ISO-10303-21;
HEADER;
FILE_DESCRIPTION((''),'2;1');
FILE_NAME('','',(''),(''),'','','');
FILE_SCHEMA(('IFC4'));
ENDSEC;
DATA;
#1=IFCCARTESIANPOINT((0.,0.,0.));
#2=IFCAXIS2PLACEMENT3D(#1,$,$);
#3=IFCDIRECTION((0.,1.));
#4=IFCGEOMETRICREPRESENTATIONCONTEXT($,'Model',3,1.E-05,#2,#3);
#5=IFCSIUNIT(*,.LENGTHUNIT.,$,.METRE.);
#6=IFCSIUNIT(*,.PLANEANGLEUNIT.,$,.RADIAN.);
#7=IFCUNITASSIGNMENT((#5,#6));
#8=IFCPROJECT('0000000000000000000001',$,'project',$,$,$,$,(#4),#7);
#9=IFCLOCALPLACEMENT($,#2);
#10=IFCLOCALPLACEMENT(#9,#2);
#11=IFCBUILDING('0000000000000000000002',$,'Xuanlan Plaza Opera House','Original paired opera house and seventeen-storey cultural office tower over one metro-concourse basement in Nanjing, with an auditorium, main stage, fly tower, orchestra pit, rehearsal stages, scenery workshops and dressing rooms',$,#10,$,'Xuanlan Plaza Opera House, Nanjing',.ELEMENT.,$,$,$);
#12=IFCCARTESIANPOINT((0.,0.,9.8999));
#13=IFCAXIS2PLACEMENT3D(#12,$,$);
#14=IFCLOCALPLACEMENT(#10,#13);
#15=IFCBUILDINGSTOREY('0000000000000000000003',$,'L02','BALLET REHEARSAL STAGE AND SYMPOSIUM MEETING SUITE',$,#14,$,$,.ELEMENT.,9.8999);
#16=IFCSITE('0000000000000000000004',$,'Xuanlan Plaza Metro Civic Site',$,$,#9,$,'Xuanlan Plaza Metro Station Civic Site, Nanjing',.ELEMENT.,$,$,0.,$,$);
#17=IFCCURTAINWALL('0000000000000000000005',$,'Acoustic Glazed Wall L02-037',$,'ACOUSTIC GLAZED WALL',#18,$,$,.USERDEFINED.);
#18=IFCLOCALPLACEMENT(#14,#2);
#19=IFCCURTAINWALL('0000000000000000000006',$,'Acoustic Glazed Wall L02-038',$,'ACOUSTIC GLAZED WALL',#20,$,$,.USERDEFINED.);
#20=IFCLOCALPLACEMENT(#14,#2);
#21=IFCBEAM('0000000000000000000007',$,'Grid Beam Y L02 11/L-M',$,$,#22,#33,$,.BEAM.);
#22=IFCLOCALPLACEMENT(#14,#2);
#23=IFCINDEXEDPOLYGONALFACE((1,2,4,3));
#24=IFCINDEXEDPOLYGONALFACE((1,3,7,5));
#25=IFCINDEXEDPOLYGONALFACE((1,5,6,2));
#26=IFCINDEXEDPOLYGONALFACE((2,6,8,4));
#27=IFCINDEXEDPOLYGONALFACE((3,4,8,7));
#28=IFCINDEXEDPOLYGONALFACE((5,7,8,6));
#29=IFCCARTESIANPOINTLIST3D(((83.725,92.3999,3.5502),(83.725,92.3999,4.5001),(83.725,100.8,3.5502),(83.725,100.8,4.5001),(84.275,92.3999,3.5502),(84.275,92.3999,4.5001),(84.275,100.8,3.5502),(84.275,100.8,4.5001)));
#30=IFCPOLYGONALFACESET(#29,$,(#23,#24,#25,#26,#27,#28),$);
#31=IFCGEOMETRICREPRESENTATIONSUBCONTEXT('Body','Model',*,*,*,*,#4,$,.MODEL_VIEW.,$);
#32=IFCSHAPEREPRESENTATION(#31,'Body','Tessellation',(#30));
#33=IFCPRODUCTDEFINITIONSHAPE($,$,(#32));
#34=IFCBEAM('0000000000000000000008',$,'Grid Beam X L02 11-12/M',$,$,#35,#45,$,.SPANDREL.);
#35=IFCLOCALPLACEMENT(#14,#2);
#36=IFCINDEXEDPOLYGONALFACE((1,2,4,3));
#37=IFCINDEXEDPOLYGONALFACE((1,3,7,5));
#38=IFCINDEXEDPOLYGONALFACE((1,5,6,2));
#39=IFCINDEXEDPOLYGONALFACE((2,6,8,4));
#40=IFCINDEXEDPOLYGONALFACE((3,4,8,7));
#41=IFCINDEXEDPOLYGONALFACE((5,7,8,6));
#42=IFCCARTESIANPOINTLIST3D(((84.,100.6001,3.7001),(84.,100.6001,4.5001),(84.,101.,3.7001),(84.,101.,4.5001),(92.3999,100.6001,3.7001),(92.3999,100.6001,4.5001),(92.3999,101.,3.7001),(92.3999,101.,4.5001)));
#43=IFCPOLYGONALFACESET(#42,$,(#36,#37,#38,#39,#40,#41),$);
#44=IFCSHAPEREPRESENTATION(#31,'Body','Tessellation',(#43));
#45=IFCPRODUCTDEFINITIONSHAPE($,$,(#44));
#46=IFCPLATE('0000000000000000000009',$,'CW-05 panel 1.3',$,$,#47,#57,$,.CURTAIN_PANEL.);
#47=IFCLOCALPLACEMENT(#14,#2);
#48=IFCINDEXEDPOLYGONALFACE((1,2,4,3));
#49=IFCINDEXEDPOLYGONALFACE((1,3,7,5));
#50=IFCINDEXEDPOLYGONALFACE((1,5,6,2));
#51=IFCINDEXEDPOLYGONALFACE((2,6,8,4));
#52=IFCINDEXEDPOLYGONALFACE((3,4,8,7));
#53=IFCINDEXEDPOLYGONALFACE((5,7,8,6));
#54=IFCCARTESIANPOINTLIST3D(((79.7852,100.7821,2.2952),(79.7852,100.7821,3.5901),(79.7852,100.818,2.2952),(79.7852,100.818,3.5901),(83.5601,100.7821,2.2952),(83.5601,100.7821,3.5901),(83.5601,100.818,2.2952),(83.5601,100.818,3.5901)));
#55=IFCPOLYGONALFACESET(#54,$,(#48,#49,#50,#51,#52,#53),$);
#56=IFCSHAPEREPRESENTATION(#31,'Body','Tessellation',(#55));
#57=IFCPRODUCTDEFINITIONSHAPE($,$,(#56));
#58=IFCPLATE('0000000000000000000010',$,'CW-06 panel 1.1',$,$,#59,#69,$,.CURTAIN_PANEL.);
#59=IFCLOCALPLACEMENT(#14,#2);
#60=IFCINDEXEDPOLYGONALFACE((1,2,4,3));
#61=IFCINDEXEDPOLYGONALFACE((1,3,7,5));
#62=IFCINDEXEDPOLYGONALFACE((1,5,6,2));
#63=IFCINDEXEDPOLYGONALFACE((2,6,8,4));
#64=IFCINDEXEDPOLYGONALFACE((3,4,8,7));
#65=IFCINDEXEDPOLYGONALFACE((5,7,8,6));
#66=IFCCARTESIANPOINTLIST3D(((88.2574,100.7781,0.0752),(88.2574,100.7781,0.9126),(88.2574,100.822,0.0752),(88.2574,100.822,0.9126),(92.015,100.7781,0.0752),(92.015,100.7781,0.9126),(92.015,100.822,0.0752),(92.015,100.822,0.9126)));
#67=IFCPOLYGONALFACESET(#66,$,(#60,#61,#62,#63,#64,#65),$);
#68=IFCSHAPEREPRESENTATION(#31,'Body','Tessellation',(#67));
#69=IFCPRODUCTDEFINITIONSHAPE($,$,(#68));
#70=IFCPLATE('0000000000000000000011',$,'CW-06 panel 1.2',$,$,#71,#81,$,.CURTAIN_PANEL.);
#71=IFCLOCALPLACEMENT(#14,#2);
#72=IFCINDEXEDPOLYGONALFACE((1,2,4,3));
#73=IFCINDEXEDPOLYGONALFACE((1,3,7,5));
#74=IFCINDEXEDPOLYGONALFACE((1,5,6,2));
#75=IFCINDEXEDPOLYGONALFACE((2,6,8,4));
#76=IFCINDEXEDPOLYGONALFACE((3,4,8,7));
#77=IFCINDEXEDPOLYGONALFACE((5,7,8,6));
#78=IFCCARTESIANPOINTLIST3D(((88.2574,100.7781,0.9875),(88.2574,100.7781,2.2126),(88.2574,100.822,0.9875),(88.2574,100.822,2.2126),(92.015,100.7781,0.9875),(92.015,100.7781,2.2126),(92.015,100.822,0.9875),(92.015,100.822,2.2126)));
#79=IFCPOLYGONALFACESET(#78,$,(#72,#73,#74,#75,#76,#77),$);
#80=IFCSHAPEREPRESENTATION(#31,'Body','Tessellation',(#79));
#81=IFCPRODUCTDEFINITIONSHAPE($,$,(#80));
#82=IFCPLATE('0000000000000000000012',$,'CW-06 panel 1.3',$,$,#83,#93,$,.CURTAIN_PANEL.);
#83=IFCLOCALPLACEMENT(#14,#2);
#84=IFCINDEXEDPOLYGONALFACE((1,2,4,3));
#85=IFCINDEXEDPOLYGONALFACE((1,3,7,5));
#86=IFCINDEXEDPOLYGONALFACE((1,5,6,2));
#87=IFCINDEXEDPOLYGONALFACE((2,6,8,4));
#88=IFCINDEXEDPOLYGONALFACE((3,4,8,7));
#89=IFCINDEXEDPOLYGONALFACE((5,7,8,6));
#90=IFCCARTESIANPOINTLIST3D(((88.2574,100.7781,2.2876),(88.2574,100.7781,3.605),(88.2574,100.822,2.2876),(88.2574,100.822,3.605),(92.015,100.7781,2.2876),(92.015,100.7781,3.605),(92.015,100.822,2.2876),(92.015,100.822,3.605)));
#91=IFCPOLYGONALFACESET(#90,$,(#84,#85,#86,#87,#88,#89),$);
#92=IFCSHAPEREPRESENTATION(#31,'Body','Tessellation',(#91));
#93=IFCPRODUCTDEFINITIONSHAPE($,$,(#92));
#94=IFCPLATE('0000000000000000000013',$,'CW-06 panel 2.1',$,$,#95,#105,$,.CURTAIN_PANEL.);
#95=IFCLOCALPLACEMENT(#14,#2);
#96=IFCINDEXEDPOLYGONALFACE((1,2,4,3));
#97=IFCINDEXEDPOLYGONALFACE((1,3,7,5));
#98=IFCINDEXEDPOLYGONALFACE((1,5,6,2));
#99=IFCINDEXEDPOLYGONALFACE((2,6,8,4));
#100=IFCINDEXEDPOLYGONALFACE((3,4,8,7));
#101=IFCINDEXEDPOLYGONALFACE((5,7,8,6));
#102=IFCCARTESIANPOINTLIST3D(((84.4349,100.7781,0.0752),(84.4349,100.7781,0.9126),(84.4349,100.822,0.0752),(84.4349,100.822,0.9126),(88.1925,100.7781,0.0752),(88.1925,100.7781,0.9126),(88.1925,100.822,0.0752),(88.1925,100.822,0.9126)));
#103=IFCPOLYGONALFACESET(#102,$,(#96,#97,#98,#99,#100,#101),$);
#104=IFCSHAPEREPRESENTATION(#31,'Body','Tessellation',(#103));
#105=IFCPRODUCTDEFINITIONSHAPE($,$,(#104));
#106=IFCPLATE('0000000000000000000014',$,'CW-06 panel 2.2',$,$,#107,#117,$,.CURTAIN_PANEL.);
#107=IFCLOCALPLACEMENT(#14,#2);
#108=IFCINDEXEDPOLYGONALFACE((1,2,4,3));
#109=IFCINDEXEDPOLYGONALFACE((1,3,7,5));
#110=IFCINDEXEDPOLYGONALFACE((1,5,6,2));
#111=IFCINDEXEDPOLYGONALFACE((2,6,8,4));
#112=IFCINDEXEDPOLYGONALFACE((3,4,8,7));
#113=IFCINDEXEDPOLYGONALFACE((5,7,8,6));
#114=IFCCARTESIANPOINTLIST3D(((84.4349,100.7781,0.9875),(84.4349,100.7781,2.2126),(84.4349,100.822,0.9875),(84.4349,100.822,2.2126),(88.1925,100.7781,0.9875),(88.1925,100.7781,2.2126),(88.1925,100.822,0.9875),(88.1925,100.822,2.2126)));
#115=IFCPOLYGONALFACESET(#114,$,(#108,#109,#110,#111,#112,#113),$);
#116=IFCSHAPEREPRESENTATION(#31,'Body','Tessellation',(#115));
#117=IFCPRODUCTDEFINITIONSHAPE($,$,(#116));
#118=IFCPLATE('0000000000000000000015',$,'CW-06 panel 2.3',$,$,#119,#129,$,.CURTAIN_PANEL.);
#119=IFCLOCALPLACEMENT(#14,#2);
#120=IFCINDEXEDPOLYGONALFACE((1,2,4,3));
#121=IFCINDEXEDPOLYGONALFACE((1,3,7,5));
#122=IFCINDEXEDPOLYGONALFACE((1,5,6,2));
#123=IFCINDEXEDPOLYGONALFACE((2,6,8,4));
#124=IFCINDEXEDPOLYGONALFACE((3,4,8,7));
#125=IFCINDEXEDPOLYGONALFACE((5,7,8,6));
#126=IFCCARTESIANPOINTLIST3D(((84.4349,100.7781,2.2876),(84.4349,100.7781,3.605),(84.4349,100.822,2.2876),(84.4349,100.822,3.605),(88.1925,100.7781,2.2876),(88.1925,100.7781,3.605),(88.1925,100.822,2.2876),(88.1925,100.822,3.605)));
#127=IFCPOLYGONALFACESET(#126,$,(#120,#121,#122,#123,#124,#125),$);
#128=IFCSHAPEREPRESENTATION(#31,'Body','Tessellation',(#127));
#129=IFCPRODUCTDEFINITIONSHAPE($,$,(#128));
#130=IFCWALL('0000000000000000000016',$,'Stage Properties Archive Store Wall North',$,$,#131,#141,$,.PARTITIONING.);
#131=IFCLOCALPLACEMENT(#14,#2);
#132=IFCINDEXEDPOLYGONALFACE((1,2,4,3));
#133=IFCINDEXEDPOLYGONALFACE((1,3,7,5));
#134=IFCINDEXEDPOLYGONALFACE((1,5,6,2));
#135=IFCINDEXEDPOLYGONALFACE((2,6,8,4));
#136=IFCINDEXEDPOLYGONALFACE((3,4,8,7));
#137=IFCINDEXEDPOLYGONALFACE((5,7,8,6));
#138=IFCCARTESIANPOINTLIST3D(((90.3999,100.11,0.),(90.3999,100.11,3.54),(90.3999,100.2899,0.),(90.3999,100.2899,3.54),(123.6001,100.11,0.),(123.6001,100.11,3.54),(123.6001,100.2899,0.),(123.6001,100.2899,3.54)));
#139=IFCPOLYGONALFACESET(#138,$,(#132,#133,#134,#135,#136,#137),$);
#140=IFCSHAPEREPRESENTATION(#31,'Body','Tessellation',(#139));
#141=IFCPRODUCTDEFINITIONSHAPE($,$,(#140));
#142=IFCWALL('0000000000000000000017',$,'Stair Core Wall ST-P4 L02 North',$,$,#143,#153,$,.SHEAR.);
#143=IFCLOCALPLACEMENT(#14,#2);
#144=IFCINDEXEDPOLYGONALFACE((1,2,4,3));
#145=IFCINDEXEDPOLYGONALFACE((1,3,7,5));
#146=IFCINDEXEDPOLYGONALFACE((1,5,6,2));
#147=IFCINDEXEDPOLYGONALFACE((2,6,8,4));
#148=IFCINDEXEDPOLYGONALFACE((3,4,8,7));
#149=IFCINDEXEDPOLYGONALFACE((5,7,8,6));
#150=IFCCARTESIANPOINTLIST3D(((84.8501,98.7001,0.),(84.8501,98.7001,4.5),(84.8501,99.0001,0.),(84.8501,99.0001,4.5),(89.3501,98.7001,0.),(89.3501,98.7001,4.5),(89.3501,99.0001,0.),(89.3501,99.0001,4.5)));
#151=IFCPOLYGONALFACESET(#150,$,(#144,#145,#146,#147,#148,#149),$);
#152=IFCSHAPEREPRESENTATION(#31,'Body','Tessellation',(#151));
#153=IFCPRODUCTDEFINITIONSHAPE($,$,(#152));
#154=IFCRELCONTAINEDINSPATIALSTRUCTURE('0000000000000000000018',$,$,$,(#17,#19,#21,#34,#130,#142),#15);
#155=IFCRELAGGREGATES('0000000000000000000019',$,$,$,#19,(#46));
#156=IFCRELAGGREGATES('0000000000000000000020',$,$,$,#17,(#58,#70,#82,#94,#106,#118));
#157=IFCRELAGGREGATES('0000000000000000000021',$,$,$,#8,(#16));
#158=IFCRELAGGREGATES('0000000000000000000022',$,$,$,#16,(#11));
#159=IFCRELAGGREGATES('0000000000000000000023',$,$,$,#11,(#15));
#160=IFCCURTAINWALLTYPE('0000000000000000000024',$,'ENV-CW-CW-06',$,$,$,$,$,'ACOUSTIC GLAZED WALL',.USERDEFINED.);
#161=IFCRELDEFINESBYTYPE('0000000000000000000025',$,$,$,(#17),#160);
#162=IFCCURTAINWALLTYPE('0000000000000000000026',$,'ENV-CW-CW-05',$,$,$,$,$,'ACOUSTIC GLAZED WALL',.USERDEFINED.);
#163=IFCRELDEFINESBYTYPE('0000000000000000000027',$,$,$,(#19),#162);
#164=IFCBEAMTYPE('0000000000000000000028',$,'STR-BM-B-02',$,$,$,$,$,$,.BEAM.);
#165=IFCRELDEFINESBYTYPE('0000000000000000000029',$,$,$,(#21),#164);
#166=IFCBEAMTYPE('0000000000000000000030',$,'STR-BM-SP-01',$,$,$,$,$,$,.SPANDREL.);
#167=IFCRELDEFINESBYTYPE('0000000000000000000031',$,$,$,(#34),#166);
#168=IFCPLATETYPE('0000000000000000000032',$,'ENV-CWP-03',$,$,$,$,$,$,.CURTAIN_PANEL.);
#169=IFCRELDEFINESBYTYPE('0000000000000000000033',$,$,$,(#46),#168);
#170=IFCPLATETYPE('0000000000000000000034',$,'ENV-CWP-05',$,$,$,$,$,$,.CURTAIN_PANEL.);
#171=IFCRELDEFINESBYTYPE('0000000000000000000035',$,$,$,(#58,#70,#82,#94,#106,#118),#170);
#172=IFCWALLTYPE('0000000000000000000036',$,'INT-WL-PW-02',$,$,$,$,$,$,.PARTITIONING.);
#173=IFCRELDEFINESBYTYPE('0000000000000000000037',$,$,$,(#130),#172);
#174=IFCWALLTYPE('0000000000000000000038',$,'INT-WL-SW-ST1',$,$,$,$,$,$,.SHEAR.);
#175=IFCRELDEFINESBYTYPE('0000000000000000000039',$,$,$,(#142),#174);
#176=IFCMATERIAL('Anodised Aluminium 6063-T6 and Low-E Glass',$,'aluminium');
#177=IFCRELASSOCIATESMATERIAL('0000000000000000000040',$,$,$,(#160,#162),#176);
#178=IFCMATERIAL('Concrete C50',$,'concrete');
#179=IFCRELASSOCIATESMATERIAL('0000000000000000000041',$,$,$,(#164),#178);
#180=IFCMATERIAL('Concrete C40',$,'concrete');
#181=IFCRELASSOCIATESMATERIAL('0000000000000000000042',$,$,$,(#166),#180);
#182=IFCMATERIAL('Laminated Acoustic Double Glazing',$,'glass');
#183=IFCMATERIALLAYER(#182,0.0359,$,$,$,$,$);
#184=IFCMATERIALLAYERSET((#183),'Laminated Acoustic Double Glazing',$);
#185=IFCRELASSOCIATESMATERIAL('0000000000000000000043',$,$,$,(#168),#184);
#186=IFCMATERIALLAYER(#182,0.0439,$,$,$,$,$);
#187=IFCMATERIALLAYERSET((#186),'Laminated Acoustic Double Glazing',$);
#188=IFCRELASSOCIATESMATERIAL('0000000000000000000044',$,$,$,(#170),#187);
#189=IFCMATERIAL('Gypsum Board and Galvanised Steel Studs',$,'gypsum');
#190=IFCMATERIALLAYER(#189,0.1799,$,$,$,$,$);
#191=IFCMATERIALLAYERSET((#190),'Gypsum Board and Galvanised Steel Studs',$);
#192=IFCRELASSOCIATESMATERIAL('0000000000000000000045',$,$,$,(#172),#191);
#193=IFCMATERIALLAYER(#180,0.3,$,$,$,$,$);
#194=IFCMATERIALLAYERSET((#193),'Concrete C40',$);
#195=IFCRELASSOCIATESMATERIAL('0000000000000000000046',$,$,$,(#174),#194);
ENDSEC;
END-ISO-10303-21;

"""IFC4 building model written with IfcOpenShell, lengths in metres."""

from ifc_helpers import new_model, si_unit, direction, frame, frame_2d, origin, origin_2d, place, context, subcontext, project, spatial, rectangle, extrude, material, layer, layer_set, material_profile, profile_set, type_object, element, aggregate, save


model = new_model("IFC4")

# Units and contexts
model_context = context("Model", 3, precision=1e-05, world=origin(), true_north=direction((0.0, 1.0)))
body_context = subcontext(model_context, "Body", "Model", "MODEL_VIEW")
ifc_project = project(units=[si_unit("LENGTHUNIT", "METRE"), si_unit("PLANEANGLEUNIT", "RADIAN")], contexts=[model_context])

# Site, building, storey
site_placement = place(None, origin())
site = spatial("IfcSite", under=ifc_project, at=site_placement, Name="Xuanlan Plaza Metro Civic Site", LongName="Xuanlan Plaza Metro Station Civic Site, Nanjing", CompositionType="ELEMENT", RefElevation=0.0)
building_placement = place(site_placement, origin())
building = spatial("IfcBuilding", under=site, at=building_placement, Name="Xuanlan Plaza Opera House", Description="Original paired opera house and seventeen-storey cultural office tower over one metro-concourse basement in Nanjing, with an auditorium, main stage, fly tower, orchestra pit, rehearsal stages, scenery workshops and dressing rooms", LongName="Xuanlan Plaza Opera House, Nanjing", CompositionType="ELEMENT")
storey_placement = place(building_placement, frame((0.0, 0.0, 9.8999)))
storey = spatial("IfcBuildingStorey", under=building, at=storey_placement, Name="L02", Description="BALLET REHEARSAL STAGE AND SYMPOSIUM MEETING SUITE", CompositionType="ELEMENT", Elevation=9.8999)

# Shared definitions
ifc_material_1 = material(Name="Concrete C40", Category="concrete")

# Curtain wall
ifc_material_2 = material(Name="Anodised Aluminium 6063-T6 and Low-E Glass", Category="aluminium")
curtain_wall_type_1 = type_object("IfcCurtainWallType", Name="ENV-CW-CW-06", ElementType="ACOUSTIC GLAZED WALL", PredefinedType="USERDEFINED", material=ifc_material_2)
curtain_wall_1_placement = place(storey_placement, origin())
curtain_wall_1 = element("IfcCurtainWall", 1, at=curtain_wall_1_placement, inside=storey, type_object=curtain_wall_type_1, Name="Acoustic Glazed Wall L02-037", ObjectType="ACOUSTIC GLAZED WALL", PredefinedType="USERDEFINED")

# Curtain wall
curtain_wall_type_2 = type_object("IfcCurtainWallType", Name="ENV-CW-CW-05", ElementType="ACOUSTIC GLAZED WALL", PredefinedType="USERDEFINED", material=ifc_material_2)
curtain_wall_2_placement = place(storey_placement, origin())
curtain_wall_2 = element("IfcCurtainWall", 2, at=curtain_wall_2_placement, inside=storey, type_object=curtain_wall_type_2, Name="Acoustic Glazed Wall L02-038", ObjectType="ACOUSTIC GLAZED WALL", PredefinedType="USERDEFINED")

# Beams
ifc_material_3 = material(Name="Concrete C50", Category="concrete")
ifc_material_profile_1 = material_profile(ifc_material_3, rectangle(XDim=0.55, YDim=0.95, at=origin_2d()), Name="RC-BM 550x950")
ifc_profile_set_1 = profile_set([ifc_material_profile_1], Name="Concrete C50")
beam_type_1 = type_object("IfcBeamType", Name="STR-BM-B-02", PredefinedType="BEAM", material=ifc_profile_set_1)
beam_1_placement = place(storey_placement, frame((84.0, 92.3999, 4.0251), z_axis=(0.0, 1.0, 0.0), x_axis=(-1.0, 0.0, 0.0)))
element("IfcBeam", 3, at=beam_1_placement, inside=storey, type_object=beam_type_1, Name="Grid Beam Y L02 11/L-M", PredefinedType="BEAM", context=body_context, shape_type="SweptSolid", body=[
    extrude(rectangle(XDim=0.55, YDim=0.95, at=origin_2d()), origin(), (0.0, 0.0, 1.0), 8.4001),
])
ifc_material_profile_2 = material_profile(ifc_material_1, rectangle(XDim=0.3999, YDim=0.8, at=origin_2d()), Name="RC-SPD 400x800")
ifc_profile_set_2 = profile_set([ifc_material_profile_2], Name="Concrete C40")
beam_type_2 = type_object("IfcBeamType", Name="STR-BM-SP-01", PredefinedType="SPANDREL", material=ifc_profile_set_2)
beam_2_placement = place(storey_placement, frame((84.0, 100.8, 4.1001), z_axis=(1.0, 0.0, 0.0), x_axis=(0.0, 1.0, 0.0)))
element("IfcBeam", 4, at=beam_2_placement, inside=storey, type_object=beam_type_2, Name="Grid Beam X L02 11-12/M", PredefinedType="SPANDREL", context=body_context, shape_type="SweptSolid", body=[
    extrude(rectangle(XDim=0.3999, YDim=0.8, at=origin_2d()), origin(), (0.0, 0.0, 1.0), 8.3999),
])

# Plates
ifc_material_4 = material(Name="Laminated Acoustic Double Glazing", Category="glass")
ifc_layer_1 = layer(ifc_material_4, 0.0359)
ifc_layer_set_1 = layer_set([ifc_layer_1], Name="Laminated Acoustic Double Glazing")
plate_type_1 = type_object("IfcPlateType", Name="ENV-CWP-03", PredefinedType="CURTAIN_PANEL", material=ifc_layer_set_1)
plate_1_placement = place(storey_placement, frame((81.6726, 100.8, 2.2952), z_axis=(0.0, 0.0, 1.0), x_axis=(-1.0, 0.0, 0.0)))
plate_1 = element("IfcPlate", 5, at=plate_1_placement, type_object=plate_type_1, Name="CW-05 panel 1.3", PredefinedType="CURTAIN_PANEL", context=body_context, shape_type="SweptSolid", body=[
    extrude(rectangle(XDim=3.7749, YDim=0.0359, at=origin_2d()), origin(), (0.0, 0.0, 1.0), 1.2949),
])
aggregate(curtain_wall_2, [plate_1])
ifc_layer_2 = layer(ifc_material_4, 0.0439)
ifc_layer_set_2 = layer_set([ifc_layer_2], Name="Laminated Acoustic Double Glazing")
plate_type_2 = type_object("IfcPlateType", Name="ENV-CWP-05", PredefinedType="CURTAIN_PANEL", material=ifc_layer_set_2)
plate_2_placement = place(storey_placement, frame((90.1362, 100.8, 0.0752), z_axis=(0.0, 0.0, 1.0), x_axis=(-1.0, 0.0, 0.0)))
plate_2 = element("IfcPlate", 6, at=plate_2_placement, type_object=plate_type_2, Name="CW-06 panel 1.1", PredefinedType="CURTAIN_PANEL", context=body_context, shape_type="SweptSolid", body=[
    extrude(rectangle(XDim=3.7576, YDim=0.0439, at=origin_2d()), origin(), (0.0, 0.0, 1.0), 0.8374),
])
plate_3_placement = place(storey_placement, frame((90.1362, 100.8, 0.9875), z_axis=(0.0, 0.0, 1.0), x_axis=(-1.0, 0.0, 0.0)))
plate_3 = element("IfcPlate", 7, at=plate_3_placement, type_object=plate_type_2, Name="CW-06 panel 1.2", PredefinedType="CURTAIN_PANEL", context=body_context, shape_type="SweptSolid", body=[
    extrude(rectangle(XDim=3.7576, YDim=0.0439, at=origin_2d()), origin(), (0.0, 0.0, 1.0), 1.2251),
])
plate_4_placement = place(storey_placement, frame((90.1362, 100.8, 2.2876), z_axis=(0.0, 0.0, 1.0), x_axis=(-1.0, 0.0, 0.0)))
plate_4 = element("IfcPlate", 8, at=plate_4_placement, type_object=plate_type_2, Name="CW-06 panel 1.3", PredefinedType="CURTAIN_PANEL", context=body_context, shape_type="SweptSolid", body=[
    extrude(rectangle(XDim=3.7576, YDim=0.0439, at=origin_2d()), origin(), (0.0, 0.0, 1.0), 1.3174),
])
plate_5_placement = place(storey_placement, frame((86.3137, 100.8, 0.0752), z_axis=(0.0, 0.0, 1.0), x_axis=(-1.0, 0.0, 0.0)))
plate_5 = element("IfcPlate", 9, at=plate_5_placement, type_object=plate_type_2, Name="CW-06 panel 2.1", PredefinedType="CURTAIN_PANEL", context=body_context, shape_type="SweptSolid", body=[
    extrude(rectangle(XDim=3.7576, YDim=0.0439, at=origin_2d()), origin(), (0.0, 0.0, 1.0), 0.8374),
])
plate_6_placement = place(storey_placement, frame((86.3137, 100.8, 0.9875), z_axis=(0.0, 0.0, 1.0), x_axis=(-1.0, 0.0, 0.0)))
plate_6 = element("IfcPlate", 10, at=plate_6_placement, type_object=plate_type_2, Name="CW-06 panel 2.2", PredefinedType="CURTAIN_PANEL", context=body_context, shape_type="SweptSolid", body=[
    extrude(rectangle(XDim=3.7576, YDim=0.0439, at=origin_2d()), origin(), (0.0, 0.0, 1.0), 1.2251),
])
plate_7_placement = place(storey_placement, frame((86.3137, 100.8, 2.2876), z_axis=(0.0, 0.0, 1.0), x_axis=(-1.0, 0.0, 0.0)))
plate_7 = element("IfcPlate", 11, at=plate_7_placement, type_object=plate_type_2, Name="CW-06 panel 2.3", PredefinedType="CURTAIN_PANEL", context=body_context, shape_type="SweptSolid", body=[
    extrude(rectangle(XDim=3.7576, YDim=0.0439, at=origin_2d()), origin(), (0.0, 0.0, 1.0), 1.3174),
])
aggregate(curtain_wall_1, [plate_2, plate_3, plate_4, plate_5, plate_6, plate_7])

# Walls
ifc_material_5 = material(Name="Gypsum Board and Galvanised Steel Studs", Category="gypsum")
ifc_layer_3 = layer(ifc_material_5, 0.1799)
ifc_layer_set_3 = layer_set([ifc_layer_3], Name="Gypsum Board and Galvanised Steel Studs")
wall_type_1 = type_object("IfcWallType", Name="INT-WL-PW-02", PredefinedType="PARTITIONING", material=ifc_layer_set_3)
wall_1_placement = place(storey_placement, frame((90.3999, 100.2, 0.0), z_axis=(0.0, 0.0, 1.0), x_axis=(1.0, 0.0, 0.0)))
element("IfcWall", 12, at=wall_1_placement, inside=storey, type_object=wall_type_1, Name="Stage Properties Archive Store Wall North", PredefinedType="PARTITIONING", context=body_context, shape_type="SweptSolid", body=[
    extrude(rectangle(XDim=33.2002, YDim=0.1799, at=frame_2d((16.6001, 0.0))), origin(), (0.0, 0.0, 1.0), 3.54),
])
ifc_layer_4 = layer(ifc_material_1, 0.3)
ifc_layer_set_4 = layer_set([ifc_layer_4], Name="Concrete C40")
wall_type_2 = type_object("IfcWallType", Name="INT-WL-SW-ST1", PredefinedType="SHEAR", material=ifc_layer_set_4)
wall_2_placement = place(storey_placement, frame((84.8501, 98.8501, 0.0), z_axis=(0.0, 0.0, 1.0), x_axis=(1.0, 0.0, 0.0)))
element("IfcWall", 13, at=wall_2_placement, inside=storey, type_object=wall_type_2, Name="Stair Core Wall ST-P4 L02 North", PredefinedType="SHEAR", context=body_context, shape_type="SweptSolid", body=[
    extrude(rectangle(XDim=4.5, YDim=0.3, at=frame_2d((2.25, 0.0))), origin(), (0.0, 0.0, 1.0), 4.5),
])

save(model, "model.ifc")
